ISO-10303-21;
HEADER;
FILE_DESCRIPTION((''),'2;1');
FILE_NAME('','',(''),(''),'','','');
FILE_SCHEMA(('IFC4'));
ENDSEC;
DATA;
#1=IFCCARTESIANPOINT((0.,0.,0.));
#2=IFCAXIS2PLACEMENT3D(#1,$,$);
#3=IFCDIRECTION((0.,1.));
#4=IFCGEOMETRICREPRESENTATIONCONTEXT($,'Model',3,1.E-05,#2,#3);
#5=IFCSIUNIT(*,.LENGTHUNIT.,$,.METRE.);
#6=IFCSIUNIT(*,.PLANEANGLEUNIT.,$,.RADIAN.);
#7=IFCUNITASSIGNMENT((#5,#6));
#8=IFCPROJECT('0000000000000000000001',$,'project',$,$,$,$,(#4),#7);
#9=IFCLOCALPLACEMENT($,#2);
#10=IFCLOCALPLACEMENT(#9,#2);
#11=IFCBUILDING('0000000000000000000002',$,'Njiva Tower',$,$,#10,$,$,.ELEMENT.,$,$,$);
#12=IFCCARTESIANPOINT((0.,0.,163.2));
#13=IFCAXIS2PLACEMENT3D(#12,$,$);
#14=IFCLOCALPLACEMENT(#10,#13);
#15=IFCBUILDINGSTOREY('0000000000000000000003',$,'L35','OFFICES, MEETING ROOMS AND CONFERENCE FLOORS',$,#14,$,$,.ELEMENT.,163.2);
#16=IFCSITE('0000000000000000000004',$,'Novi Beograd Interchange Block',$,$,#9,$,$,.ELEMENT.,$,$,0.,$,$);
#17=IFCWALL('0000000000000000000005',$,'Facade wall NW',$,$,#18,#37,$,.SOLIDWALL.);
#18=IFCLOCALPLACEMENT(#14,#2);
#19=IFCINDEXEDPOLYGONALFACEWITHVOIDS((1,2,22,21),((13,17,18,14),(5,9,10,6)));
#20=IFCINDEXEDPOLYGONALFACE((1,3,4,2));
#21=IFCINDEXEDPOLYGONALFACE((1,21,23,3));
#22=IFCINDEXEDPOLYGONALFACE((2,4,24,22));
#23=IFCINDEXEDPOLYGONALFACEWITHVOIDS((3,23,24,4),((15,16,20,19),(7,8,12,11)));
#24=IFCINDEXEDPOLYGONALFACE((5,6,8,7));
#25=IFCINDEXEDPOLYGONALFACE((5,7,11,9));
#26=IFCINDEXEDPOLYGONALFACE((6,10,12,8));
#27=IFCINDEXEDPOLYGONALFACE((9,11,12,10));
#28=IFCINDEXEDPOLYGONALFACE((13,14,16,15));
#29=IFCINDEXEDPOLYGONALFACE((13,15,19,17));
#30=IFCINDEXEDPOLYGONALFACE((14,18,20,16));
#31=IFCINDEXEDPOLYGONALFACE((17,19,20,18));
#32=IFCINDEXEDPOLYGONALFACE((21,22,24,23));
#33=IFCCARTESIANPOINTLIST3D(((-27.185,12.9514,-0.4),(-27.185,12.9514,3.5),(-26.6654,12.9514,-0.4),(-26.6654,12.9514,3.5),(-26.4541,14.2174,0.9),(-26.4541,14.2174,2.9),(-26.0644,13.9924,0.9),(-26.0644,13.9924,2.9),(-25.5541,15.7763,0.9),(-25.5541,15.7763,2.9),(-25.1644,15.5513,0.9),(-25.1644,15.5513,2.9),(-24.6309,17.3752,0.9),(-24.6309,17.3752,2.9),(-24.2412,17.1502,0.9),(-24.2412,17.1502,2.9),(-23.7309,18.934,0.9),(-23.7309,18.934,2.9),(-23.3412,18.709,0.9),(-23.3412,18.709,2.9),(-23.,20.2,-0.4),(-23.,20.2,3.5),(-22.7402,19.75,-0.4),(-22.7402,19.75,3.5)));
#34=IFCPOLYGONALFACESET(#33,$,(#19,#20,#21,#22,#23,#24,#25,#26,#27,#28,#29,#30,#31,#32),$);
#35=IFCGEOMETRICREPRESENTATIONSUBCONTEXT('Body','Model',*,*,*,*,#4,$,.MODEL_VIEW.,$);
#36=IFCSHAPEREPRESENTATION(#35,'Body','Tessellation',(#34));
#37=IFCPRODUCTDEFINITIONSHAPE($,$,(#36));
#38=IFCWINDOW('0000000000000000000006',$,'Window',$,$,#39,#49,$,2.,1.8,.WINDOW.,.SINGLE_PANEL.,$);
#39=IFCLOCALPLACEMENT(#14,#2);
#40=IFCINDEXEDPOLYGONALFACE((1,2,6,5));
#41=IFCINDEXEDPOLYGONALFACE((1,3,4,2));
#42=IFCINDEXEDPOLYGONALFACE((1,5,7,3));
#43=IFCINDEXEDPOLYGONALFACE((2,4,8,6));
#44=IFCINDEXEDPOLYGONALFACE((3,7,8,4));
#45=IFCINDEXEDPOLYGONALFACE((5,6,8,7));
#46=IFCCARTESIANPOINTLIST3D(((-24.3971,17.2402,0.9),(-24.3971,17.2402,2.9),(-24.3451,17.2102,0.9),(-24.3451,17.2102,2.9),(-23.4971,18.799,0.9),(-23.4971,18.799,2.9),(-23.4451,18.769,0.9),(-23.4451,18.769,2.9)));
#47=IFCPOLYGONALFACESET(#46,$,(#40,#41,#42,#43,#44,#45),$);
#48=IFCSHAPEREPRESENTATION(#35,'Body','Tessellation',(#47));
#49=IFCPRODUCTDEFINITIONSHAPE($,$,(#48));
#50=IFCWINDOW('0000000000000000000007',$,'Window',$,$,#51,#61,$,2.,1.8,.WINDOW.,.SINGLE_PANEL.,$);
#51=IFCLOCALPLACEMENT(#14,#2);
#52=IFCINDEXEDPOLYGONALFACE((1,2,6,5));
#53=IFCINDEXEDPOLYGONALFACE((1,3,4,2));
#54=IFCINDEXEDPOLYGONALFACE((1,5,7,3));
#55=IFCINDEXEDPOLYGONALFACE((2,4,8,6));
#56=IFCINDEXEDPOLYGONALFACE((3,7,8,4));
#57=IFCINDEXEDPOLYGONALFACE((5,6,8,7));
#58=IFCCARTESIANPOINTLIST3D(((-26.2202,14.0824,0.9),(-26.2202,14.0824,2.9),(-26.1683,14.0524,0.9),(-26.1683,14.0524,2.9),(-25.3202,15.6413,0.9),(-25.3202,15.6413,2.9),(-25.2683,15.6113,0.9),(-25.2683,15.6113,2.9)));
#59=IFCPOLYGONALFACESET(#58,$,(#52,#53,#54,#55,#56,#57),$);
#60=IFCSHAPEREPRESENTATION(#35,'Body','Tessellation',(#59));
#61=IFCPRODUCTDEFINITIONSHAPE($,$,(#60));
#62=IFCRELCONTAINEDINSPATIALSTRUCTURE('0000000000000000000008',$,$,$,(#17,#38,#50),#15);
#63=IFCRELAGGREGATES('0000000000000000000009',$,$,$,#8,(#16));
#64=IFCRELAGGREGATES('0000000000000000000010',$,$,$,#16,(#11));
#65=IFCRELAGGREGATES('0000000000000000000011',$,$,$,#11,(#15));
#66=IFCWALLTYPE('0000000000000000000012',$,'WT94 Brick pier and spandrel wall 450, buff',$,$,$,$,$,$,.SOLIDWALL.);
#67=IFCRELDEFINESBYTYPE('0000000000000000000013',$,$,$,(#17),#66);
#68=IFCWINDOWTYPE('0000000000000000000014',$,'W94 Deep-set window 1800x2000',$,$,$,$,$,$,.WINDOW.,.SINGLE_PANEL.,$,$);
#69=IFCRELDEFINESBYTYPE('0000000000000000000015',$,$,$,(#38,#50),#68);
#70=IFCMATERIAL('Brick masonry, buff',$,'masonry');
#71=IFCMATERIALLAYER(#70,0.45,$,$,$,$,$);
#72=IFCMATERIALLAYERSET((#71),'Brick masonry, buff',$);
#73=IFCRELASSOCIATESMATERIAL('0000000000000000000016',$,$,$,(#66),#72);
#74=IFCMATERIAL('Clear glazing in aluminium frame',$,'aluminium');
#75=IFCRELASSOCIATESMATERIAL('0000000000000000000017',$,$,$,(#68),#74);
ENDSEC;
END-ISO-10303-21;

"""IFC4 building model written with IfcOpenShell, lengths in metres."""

from ifc_helpers import new_model, si_unit, direction, frame, frame_2d, origin, place, context, subcontext, project, spatial, polyline, rectangle, outline, extrude, material, layer, layer_set, type_object, element, fill, save


model = new_model("IFC4")

# Units and contexts
model_context = context("Model", 3, precision=1e-05, world=origin(), true_north=direction((0.0, 1.0)))
body_context = subcontext(model_context, "Body", "Model", "MODEL_VIEW")
ifc_project = project(units=[si_unit("LENGTHUNIT", "METRE"), si_unit("PLANEANGLEUNIT", "RADIAN")], contexts=[model_context])

# Site, building, storey
site_placement = place(None, origin())
site = spatial("IfcSite", under=ifc_project, at=site_placement, Name="Novi Beograd Interchange Block", CompositionType="ELEMENT", RefElevation=0.0)
building_placement = place(site_placement, origin())
building = spatial("IfcBuilding", under=site, at=building_placement, Name="Njiva Tower", CompositionType="ELEMENT")
storey_placement = place(building_placement, frame((0.0, 0.0, 163.2)))
storey = spatial("IfcBuildingStorey", under=building, at=storey_placement, Name="L35", Description="OFFICES, MEETING ROOMS AND CONFERENCE FLOORS", CompositionType="ELEMENT", Elevation=163.2)

# Wall, openings, windows
ifc_material_1 = material(Name="Brick masonry, buff", Category="masonry")
ifc_layer_1 = layer(ifc_material_1, 0.45)
ifc_layer_set_1 = layer_set([ifc_layer_1], Name="Brick masonry, buff")
wall_type_1 = type_object("IfcWallType", Name="WT94 Brick pier and spandrel wall 450, buff", PredefinedType="SOLIDWALL", material=ifc_layer_set_1)
wall_1_placement = place(storey_placement, frame((-22.8701, 19.975, -0.4), z_axis=(0.0, 0.0, 1.0), x_axis=(-0.500002, -0.866024, 0.0)))
wall_1 = element("IfcWall", 1, at=wall_1_placement, inside=storey, type_object=wall_type_1, Name="Facade wall NW", PredefinedType="SOLIDWALL", context=body_context, shape_type="SweptSolid", body=[
    extrude(outline(polyline([(-0.1299, -0.225), (8.2401, -0.225), (7.9803, 0.225), (0.1299, 0.225), (-0.1299, -0.225)])), origin(), (0.0, 0.0, 1.0), 3.9),
])
opening_1_placement = place(wall_1_placement, frame((1.3319, 0.0, 1.3)))
opening_1 = element("IfcOpeningElement", 2, at=opening_1_placement, cuts=wall_1, PredefinedType="OPENING", context=body_context, shape_type="SweptSolid", body=[
    extrude(rectangle(XDim=1.8, YDim=2.0, at=frame_2d((0.9, 1.0))), frame((0.0, 0.235, 0.0), z_axis=(0.0, -1.0, 0.0), x_axis=(1.0, 0.0, 0.0)), (0.0, 0.0, 1.0), 0.47),
])
opening_2_placement = place(wall_1_placement, frame((4.9782, 0.0, 1.3)))
opening_2 = element("IfcOpeningElement", 3, at=opening_2_placement, cuts=wall_1, PredefinedType="OPENING", context=body_context, shape_type="SweptSolid", body=[
    extrude(rectangle(XDim=1.8, YDim=2.0, at=frame_2d((0.9, 1.0))), frame((0.0, 0.235, 0.0), z_axis=(0.0, -1.0, 0.0), x_axis=(1.0, 0.0, 0.0)), (0.0, 0.0, 1.0), 0.47),
])
ifc_material_2 = material(Name="Clear glazing in aluminium frame", Category="aluminium")
window_type = type_object("IfcWindowType", Name="W94 Deep-set window 1800x2000", PartitioningType="SINGLE_PANEL", PredefinedType="WINDOW", material=ifc_material_2)
window_1_placement = place(opening_1_placement, origin())
window_1 = element("IfcWindow", 4, at=window_1_placement, inside=storey, type_object=window_type, Name="Window", OverallHeight=2.0, OverallWidth=1.8, PartitioningType="SINGLE_PANEL", PredefinedType="WINDOW", context=body_context, shape_type="SweptSolid", body=[
    extrude(rectangle(XDim=1.8, YDim=2.0, at=frame_2d((0.9, 1.0))), frame((0.0, 0.105, 0.0), z_axis=(0.0, -1.0, 0.0), x_axis=(1.0, 0.0, 0.0)), (0.0, 0.0, 1.0), 0.06),
])
fill(opening_1, window_1)
window_2_placement = place(opening_2_placement, origin())
window_2 = element("IfcWindow", 5, at=window_2_placement, inside=storey, type_object=window_type, Name="Window", OverallHeight=2.0, OverallWidth=1.8, PartitioningType="SINGLE_PANEL", PredefinedType="WINDOW", context=body_context, shape_type="SweptSolid", body=[
    extrude(rectangle(XDim=1.8, YDim=2.0, at=frame_2d((0.9, 1.0))), frame((0.0, 0.105, 0.0), z_axis=(0.0, -1.0, 0.0), x_axis=(1.0, 0.0, 0.0)), (0.0, 0.0, 1.0), 0.06),
])
fill(opening_2, window_2)

save(model, "model.ifc")
